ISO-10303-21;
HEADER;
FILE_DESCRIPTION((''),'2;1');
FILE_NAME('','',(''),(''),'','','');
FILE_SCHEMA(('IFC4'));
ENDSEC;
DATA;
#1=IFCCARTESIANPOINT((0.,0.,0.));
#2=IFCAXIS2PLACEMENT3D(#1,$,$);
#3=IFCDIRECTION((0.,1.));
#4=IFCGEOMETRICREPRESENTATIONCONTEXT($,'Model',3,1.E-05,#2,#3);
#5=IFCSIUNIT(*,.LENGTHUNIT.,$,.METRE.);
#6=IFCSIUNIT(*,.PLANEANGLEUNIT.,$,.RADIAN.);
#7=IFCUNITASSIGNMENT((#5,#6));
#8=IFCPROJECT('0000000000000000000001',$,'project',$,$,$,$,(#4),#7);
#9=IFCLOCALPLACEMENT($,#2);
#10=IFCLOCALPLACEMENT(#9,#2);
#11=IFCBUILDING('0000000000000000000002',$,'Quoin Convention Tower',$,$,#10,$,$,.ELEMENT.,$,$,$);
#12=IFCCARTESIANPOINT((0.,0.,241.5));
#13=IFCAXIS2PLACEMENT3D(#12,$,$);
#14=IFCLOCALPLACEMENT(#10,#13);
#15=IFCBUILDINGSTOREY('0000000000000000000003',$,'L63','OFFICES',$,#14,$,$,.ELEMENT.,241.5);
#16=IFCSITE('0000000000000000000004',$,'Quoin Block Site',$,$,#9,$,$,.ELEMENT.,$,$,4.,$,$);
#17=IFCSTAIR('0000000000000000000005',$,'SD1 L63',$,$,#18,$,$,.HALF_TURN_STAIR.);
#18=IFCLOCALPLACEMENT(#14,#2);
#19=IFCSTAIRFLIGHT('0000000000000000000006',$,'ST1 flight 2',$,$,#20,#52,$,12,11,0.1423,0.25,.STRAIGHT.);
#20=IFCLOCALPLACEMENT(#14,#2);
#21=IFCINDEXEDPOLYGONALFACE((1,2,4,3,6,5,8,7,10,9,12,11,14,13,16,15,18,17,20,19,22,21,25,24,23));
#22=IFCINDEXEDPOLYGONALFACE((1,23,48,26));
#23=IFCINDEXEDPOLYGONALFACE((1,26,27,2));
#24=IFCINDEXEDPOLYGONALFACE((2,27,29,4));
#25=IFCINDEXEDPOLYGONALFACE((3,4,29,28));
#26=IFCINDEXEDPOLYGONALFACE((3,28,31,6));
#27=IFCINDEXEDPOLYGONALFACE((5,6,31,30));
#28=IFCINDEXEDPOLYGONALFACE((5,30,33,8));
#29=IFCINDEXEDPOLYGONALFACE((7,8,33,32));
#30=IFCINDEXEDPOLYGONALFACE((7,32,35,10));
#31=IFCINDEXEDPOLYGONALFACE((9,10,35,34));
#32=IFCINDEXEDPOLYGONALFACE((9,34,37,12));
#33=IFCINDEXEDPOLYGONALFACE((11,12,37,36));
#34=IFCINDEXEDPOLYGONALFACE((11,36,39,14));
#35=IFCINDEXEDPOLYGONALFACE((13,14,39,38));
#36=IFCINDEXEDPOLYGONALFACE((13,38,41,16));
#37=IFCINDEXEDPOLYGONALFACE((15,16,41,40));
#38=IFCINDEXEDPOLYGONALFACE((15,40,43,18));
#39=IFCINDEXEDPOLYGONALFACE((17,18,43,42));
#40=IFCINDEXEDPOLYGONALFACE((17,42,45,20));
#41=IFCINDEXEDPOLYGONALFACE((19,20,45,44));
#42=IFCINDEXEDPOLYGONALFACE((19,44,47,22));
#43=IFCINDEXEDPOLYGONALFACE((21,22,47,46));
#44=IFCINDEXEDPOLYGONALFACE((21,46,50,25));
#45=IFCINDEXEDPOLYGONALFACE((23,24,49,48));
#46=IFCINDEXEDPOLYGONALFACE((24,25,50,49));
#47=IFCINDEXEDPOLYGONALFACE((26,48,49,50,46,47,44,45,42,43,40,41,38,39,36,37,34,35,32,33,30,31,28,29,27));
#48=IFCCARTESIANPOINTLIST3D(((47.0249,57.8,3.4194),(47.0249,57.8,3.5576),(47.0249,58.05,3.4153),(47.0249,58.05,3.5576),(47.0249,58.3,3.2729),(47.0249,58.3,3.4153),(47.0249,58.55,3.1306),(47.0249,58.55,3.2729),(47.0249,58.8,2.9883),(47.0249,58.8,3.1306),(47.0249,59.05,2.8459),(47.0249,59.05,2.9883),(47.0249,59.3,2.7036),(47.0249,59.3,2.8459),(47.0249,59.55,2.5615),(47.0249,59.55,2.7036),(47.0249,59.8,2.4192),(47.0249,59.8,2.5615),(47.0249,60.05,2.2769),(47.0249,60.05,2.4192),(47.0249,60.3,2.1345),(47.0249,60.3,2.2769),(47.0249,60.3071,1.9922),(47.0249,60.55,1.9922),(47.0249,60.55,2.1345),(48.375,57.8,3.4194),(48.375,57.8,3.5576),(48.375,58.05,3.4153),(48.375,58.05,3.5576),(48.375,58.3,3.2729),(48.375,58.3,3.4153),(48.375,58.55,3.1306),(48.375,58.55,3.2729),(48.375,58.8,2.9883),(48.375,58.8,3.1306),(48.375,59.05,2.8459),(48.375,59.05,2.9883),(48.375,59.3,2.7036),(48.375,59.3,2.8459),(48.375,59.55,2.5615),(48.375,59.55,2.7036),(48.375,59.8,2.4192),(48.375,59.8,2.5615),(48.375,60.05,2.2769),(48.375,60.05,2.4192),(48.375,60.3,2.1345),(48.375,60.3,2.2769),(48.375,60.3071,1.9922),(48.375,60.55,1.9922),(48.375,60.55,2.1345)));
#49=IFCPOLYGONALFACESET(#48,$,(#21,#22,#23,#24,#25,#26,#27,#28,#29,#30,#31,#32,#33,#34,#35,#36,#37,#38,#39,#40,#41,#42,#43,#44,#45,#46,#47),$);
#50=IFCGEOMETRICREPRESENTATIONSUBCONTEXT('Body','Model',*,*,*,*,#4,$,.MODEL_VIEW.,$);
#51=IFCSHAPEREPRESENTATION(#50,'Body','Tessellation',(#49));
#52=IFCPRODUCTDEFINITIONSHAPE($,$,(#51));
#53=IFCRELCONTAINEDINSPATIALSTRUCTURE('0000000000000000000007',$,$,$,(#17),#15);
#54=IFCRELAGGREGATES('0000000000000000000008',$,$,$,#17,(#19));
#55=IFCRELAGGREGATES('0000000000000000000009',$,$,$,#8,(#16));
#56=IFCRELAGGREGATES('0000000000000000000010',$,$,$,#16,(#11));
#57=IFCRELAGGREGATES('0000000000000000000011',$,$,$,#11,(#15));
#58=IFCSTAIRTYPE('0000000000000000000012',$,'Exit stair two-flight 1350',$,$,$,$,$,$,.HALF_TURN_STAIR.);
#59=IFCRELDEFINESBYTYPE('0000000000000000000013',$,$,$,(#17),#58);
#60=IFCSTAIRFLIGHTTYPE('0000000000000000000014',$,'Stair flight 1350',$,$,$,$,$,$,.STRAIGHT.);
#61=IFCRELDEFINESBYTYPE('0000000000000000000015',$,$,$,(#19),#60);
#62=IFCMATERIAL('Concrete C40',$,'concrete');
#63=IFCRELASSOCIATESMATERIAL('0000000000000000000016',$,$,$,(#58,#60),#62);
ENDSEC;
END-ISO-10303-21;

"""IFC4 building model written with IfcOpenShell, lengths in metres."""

from ifc_helpers import new_model, si_unit, direction, frame, origin, place, context, subcontext, project, spatial, polyline, outline, extrude, material, type_object, element, aggregate, save


model = new_model("IFC4")

# Units and contexts
model_context = context("Model", 3, precision=1e-05, world=origin(), true_north=direction((0.0, 1.0)))
body_context = subcontext(model_context, "Body", "Model", "MODEL_VIEW")
ifc_project = project(units=[si_unit("LENGTHUNIT", "METRE"), si_unit("PLANEANGLEUNIT", "RADIAN")], contexts=[model_context])

# Site, building, storey
site_placement = place(None, origin())
site = spatial("IfcSite", under=ifc_project, at=site_placement, Name="Quoin Block Site", CompositionType="ELEMENT", RefElevation=4.0)
building_placement = place(site_placement, origin())
building = spatial("IfcBuilding", under=site, at=building_placement, Name="Quoin Convention Tower", CompositionType="ELEMENT")
storey_placement = place(building_placement, frame((0.0, 0.0, 241.5)))
storey = spatial("IfcBuildingStorey", under=building, at=storey_placement, Name="L63", Description="OFFICES", CompositionType="ELEMENT", Elevation=241.5)

# Stair, stair flight
ifc_material_1 = material(Name="Concrete C40", Category="concrete")
stair_type = type_object("IfcStairType", Name="Exit stair two-flight 1350", PredefinedType="HALF_TURN_STAIR", material=ifc_material_1)
stair_placement = place(storey_placement, origin())
stair = element("IfcStair", 1, at=stair_placement, inside=storey, type_object=stair_type, Name="SD1 L63", PredefinedType="HALF_TURN_STAIR")
stair_flight_type = type_object("IfcStairFlightType", Name="Stair flight 1350", PredefinedType="STRAIGHT", material=ifc_material_1)
stair_flight_1_placement = place(storey_placement, frame((47.7, 60.55, 1.9922), z_axis=(0.0, 0.0, 1.0), x_axis=(0.0, -1.0, 0.0)))
stair_flight_1 = element("IfcStairFlight", 2, at=stair_flight_1_placement, type_object=stair_flight_type, Name="ST1 flight 2", NumberOfRisers=12, NumberOfTreads=11, PredefinedType="STRAIGHT", RiserHeight=0.1423, TreadLength=0.25, context=body_context, shape_type="SweptSolid", body=[
    extrude(outline(polyline([(0.0, 0.0), (0.0, 0.1423), (0.25, 0.1423), (0.25, 0.2847), (0.5, 0.2847), (0.5, 0.427), (0.75, 0.427), (0.75, 0.5693), (1.0, 0.5693), (1.0, 0.7114), (1.25, 0.7114), (1.25, 0.8538), (1.5, 0.8538), (1.5, 0.9961), (1.75, 0.9961), (1.75, 1.1384), (2.0, 1.1384), (2.0, 1.2808), (2.25, 1.2808), (2.25, 1.4231), (2.5, 1.4231), (2.5, 1.5654), (2.75, 1.5654), (2.75, 1.7078), (2.75, 1.4272), (0.2429, 0.0), (0.0, 0.0)])), frame((0.0, 0.675, 0.0), z_axis=(0.0, -1.0, 0.0), x_axis=(1.0, 0.0, 0.0)), (0.0, 0.0, 1.0), 1.3501),
])
aggregate(stair, [stair_flight_1])

save(model, "model.ifc")
